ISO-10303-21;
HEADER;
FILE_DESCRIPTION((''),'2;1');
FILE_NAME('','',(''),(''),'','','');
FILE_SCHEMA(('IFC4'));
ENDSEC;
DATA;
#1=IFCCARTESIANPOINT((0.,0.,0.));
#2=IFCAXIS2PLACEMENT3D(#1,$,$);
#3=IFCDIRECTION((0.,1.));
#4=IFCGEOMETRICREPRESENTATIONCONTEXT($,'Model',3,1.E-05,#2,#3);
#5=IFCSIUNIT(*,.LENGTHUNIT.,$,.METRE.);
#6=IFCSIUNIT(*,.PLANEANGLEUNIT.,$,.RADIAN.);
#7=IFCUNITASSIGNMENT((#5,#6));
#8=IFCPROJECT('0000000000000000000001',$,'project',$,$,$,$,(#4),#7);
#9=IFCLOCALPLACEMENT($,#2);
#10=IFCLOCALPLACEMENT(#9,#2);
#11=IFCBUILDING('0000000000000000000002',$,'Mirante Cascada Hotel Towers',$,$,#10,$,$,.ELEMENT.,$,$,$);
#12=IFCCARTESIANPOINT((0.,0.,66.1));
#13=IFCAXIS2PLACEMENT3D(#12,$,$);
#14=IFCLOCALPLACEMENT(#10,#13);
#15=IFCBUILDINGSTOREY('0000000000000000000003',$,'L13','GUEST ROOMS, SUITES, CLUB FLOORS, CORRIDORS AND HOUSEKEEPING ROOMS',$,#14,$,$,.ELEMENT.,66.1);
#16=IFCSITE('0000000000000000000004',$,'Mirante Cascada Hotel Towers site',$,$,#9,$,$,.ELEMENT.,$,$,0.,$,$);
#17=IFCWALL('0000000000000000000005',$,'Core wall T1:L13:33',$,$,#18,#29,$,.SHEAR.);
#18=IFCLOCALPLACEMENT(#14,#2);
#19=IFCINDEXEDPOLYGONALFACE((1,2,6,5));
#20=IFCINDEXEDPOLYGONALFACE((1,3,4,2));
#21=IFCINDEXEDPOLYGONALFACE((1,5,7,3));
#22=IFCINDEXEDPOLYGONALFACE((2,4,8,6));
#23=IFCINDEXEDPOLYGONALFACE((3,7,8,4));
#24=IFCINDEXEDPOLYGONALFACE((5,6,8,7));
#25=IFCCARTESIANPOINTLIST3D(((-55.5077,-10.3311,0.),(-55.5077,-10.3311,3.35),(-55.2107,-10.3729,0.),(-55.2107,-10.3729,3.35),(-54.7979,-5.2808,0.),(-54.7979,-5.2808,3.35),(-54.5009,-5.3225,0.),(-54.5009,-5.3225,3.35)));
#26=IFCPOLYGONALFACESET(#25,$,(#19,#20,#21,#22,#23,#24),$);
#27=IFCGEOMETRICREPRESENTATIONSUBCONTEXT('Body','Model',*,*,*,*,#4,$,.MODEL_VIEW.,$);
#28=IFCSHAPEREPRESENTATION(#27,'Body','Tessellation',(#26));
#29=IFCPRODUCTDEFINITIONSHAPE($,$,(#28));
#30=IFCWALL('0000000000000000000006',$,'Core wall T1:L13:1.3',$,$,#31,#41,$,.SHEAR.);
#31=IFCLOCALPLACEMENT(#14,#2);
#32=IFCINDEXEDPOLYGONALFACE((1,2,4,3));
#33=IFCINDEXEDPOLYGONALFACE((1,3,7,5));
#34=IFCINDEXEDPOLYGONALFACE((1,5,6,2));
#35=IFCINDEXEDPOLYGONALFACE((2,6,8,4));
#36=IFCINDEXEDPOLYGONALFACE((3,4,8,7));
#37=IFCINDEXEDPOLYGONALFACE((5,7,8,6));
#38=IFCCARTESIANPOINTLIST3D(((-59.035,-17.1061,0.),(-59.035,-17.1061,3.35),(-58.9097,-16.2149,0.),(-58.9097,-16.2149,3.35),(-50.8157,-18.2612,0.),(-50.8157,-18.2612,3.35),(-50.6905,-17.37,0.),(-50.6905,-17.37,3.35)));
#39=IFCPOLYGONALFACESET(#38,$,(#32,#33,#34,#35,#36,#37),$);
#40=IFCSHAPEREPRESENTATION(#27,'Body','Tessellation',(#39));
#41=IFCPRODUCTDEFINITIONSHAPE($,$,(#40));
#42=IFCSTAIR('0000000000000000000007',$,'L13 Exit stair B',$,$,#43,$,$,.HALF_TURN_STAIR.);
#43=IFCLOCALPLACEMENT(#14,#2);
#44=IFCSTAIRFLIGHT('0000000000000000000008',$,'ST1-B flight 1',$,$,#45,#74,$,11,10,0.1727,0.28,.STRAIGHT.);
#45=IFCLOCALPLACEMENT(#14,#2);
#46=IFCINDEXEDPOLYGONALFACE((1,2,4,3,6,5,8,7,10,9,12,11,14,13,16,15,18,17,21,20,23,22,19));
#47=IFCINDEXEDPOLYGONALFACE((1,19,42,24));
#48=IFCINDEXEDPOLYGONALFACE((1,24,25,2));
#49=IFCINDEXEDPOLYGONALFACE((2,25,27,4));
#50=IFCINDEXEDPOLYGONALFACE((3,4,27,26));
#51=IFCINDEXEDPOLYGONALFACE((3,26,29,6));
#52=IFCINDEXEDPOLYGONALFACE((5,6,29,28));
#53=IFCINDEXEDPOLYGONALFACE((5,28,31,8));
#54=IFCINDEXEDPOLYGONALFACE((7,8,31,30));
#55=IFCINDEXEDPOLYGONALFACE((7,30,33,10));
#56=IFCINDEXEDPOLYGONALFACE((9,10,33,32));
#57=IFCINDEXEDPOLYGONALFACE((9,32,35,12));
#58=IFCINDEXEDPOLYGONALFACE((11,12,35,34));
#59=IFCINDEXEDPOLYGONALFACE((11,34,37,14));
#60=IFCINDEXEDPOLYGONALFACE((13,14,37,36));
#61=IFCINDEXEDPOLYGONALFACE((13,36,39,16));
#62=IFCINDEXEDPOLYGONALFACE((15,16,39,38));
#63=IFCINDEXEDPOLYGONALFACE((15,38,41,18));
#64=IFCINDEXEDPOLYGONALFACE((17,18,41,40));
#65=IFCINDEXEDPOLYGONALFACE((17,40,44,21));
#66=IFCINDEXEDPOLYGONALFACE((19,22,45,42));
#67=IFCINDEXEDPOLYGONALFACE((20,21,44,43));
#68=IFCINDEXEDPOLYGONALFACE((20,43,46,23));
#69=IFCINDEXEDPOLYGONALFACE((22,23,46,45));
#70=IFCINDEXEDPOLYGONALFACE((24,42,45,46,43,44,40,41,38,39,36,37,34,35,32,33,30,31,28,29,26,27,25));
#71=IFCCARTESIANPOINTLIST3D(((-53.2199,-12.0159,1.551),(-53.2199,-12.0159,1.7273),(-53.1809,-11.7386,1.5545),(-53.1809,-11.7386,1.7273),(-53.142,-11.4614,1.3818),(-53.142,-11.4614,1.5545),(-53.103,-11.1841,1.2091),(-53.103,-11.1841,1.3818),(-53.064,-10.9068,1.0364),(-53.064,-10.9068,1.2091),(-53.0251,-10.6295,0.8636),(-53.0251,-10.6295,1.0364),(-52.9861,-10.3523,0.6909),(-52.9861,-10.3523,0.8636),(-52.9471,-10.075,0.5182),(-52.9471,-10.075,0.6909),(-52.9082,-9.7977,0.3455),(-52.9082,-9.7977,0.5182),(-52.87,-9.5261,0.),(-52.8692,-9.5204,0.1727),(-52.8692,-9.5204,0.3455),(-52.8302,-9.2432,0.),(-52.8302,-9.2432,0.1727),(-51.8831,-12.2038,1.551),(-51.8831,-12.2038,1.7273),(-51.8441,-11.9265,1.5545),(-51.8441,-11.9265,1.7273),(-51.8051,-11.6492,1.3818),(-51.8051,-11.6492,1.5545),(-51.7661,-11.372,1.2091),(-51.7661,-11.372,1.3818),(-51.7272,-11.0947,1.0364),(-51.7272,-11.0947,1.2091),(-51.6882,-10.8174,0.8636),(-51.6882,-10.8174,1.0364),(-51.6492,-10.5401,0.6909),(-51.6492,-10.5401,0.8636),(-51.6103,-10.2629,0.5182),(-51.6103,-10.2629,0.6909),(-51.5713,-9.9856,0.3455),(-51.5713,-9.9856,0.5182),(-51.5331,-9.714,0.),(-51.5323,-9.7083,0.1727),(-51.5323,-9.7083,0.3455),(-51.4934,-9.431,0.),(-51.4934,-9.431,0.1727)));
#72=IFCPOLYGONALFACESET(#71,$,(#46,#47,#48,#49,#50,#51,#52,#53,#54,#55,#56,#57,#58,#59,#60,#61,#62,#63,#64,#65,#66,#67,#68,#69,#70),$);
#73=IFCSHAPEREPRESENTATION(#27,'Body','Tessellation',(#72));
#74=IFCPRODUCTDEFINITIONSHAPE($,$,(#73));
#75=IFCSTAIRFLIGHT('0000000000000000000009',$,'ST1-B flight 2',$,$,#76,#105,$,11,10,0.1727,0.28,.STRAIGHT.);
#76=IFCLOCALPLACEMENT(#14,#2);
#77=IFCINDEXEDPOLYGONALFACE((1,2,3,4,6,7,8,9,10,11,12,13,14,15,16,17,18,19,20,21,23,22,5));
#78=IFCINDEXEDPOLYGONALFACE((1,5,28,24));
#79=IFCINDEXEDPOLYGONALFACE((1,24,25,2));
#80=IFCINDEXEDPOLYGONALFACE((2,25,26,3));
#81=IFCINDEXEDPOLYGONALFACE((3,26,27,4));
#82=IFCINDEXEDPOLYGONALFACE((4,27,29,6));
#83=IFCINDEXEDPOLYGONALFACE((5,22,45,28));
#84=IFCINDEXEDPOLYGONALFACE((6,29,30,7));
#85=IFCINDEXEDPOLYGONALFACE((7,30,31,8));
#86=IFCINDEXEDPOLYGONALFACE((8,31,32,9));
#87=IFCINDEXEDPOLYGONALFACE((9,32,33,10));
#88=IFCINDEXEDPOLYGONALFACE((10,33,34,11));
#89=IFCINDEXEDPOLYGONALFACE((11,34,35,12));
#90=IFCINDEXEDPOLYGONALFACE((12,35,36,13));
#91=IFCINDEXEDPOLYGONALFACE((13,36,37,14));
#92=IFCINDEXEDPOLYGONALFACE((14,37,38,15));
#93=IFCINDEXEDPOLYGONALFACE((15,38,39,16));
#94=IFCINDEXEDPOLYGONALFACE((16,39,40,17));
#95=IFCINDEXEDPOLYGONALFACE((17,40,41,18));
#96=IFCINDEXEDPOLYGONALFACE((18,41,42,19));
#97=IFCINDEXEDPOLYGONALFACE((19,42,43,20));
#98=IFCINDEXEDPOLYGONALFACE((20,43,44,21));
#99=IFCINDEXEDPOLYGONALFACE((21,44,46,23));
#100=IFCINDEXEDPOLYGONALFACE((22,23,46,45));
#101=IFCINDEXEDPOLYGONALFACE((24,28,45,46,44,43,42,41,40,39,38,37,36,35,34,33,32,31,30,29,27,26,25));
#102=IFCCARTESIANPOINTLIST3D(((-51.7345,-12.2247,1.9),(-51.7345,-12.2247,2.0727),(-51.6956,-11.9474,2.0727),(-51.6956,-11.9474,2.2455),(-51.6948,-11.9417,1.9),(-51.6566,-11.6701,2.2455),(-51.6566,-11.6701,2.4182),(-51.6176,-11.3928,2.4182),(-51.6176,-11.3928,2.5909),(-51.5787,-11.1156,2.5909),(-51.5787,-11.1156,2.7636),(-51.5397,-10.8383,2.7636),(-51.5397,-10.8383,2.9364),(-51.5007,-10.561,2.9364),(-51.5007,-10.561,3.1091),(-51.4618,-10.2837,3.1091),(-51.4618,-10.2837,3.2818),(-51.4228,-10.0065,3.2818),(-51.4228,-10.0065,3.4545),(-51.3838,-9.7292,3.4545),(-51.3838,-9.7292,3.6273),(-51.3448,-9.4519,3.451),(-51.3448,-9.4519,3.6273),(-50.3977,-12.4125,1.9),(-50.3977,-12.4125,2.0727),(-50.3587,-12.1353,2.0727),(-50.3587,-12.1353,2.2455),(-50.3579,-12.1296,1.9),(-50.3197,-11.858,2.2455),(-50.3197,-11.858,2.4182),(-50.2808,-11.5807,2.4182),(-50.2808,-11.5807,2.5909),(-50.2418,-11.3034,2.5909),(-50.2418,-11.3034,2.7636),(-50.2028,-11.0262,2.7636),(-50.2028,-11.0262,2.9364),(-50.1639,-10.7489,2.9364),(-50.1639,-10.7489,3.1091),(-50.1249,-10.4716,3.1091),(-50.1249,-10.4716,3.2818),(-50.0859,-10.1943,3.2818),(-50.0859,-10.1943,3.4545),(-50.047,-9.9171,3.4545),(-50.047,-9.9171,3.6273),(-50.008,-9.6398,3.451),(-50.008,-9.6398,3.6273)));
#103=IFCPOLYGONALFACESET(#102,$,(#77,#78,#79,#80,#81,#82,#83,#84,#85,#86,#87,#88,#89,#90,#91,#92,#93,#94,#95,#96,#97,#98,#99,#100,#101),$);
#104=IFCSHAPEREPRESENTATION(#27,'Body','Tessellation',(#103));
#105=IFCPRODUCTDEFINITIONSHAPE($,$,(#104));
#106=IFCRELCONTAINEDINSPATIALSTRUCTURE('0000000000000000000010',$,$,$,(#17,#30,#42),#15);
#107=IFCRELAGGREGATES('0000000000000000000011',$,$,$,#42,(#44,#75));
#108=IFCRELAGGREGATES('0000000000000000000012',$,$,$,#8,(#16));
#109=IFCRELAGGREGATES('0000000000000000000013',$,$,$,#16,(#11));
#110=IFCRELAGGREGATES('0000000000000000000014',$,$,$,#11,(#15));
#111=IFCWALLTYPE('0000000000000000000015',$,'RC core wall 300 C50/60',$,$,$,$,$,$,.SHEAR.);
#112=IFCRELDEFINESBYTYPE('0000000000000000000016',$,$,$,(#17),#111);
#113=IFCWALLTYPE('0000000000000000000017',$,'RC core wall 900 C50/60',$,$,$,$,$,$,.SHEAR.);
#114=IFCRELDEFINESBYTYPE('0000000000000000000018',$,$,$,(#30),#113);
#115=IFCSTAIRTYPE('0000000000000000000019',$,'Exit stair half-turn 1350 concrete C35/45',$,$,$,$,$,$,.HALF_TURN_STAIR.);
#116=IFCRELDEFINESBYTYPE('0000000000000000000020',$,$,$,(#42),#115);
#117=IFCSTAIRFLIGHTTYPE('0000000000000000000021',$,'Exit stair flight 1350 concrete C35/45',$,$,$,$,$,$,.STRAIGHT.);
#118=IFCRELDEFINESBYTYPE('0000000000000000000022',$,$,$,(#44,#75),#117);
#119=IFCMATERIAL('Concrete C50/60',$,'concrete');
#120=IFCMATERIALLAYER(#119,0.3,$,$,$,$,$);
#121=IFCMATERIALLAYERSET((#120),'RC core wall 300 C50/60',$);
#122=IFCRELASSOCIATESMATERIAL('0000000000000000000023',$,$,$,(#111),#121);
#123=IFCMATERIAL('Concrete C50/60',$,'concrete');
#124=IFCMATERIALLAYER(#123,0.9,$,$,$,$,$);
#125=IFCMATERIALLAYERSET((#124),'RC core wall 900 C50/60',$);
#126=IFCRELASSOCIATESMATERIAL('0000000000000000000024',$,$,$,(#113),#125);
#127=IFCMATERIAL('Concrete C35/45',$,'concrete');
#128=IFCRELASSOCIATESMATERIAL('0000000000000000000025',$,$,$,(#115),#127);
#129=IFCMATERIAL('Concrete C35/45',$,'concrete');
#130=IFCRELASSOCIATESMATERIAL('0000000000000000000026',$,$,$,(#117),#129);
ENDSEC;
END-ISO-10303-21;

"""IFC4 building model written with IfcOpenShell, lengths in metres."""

from ifc_helpers import new_model, si_unit, direction, frame, frame_2d, origin, place, context, subcontext, project, spatial, polyline, rectangle, outline, extrude, material, layer, layer_set, type_object, element, aggregate, save


model = new_model("IFC4")

# Units and contexts
model_context = context("Model", 3, precision=1e-05, world=origin(), true_north=direction((0.0, 1.0)))
body_context = subcontext(model_context, "Body", "Model", "MODEL_VIEW")
ifc_project = project(units=[si_unit("LENGTHUNIT", "METRE"), si_unit("PLANEANGLEUNIT", "RADIAN")], contexts=[model_context])

# Site, building, storey
site_placement = place(None, origin())
site = spatial("IfcSite", under=ifc_project, at=site_placement, Name="Mirante Cascada Hotel Towers site", CompositionType="ELEMENT", RefElevation=0.0)
building_placement = place(site_placement, origin())
building = spatial("IfcBuilding", under=site, at=building_placement, Name="Mirante Cascada Hotel Towers", CompositionType="ELEMENT")
storey_placement = place(building_placement, frame((0.0, 0.0, 66.1)))
storey = spatial("IfcBuildingStorey", under=building, at=storey_placement, Name="L13", Description="GUEST ROOMS, SUITES, CLUB FLOORS, CORRIDORS AND HOUSEKEEPING ROOMS", CompositionType="ELEMENT", Elevation=66.1)

# Shared definitions
ifc_material_1 = material(Name="Concrete C50/60", Category="concrete")
ifc_layer_1 = layer(ifc_material_1, 0.3)
ifc_layer_set_1 = layer_set([ifc_layer_1], Name="RC core wall 300 C50/60")
wall_type_1 = type_object("IfcWallType", Name="RC core wall 300 C50/60", PredefinedType="SHEAR", material=ifc_layer_set_1)

# Walls
wall_1_placement = place(storey_placement, frame((-55.3592, -10.352, 0.0), z_axis=(0.0, 0.0, 1.0), x_axis=(0.139176, 0.990268, 0.0)))
element("IfcWall", 1, at=wall_1_placement, inside=storey, type_object=wall_type_1, Name="Core wall T1:L13:33", PredefinedType="SHEAR", context=body_context, shape_type="SweptSolid", body=[
    extrude(rectangle(XDim=5.1, YDim=0.3, at=frame_2d((2.55, 0.0))), origin(), (0.0, 0.0, 1.0), 3.35),
])
ifc_material_2 = material(Name="Concrete C50/60", Category="concrete")
ifc_layer_2 = layer(ifc_material_2, 0.9)
ifc_layer_set_2 = layer_set([ifc_layer_2], Name="RC core wall 900 C50/60")
wall_type_2 = type_object("IfcWallType", Name="RC core wall 900 C50/60", PredefinedType="SHEAR", material=ifc_layer_set_2)
wall_2_placement = place(storey_placement, frame((-50.7531, -17.8156, 0.0), z_axis=(0.0, 0.0, 1.0), x_axis=(-0.990269, 0.139169, 0.0)))
element("IfcWall", 2, at=wall_2_placement, inside=storey, type_object=wall_type_2, Name="Core wall T1:L13:1.3", PredefinedType="SHEAR", context=body_context, shape_type="SweptSolid", body=[
    extrude(rectangle(XDim=8.3, YDim=0.9, at=frame_2d((4.15, 0.0))), origin(), (0.0, 0.0, 1.0), 3.35),
])

# Stair, stair flights
ifc_material_3 = material(Name="Concrete C35/45", Category="concrete")
stair_type = type_object("IfcStairType", Name="Exit stair half-turn 1350 concrete C35/45", PredefinedType="HALF_TURN_STAIR", material=ifc_material_3)
stair_placement = place(storey_placement, origin())
stair = element("IfcStair", 3, at=stair_placement, inside=storey, type_object=stair_type, Name="L13 Exit stair B", PredefinedType="HALF_TURN_STAIR")
ifc_material_4 = material(Name="Concrete C35/45", Category="concrete")
stair_flight_type = type_object("IfcStairFlightType", Name="Exit stair flight 1350 concrete C35/45", PredefinedType="STRAIGHT", material=ifc_material_4)
stair_flight_1_placement = place(storey_placement, frame((-52.1618, -9.3371, 0.0), z_axis=(0.0, 0.0, 1.0), x_axis=(-0.139173, -0.990268, 0.0)))
stair_flight_1 = element("IfcStairFlight", 4, at=stair_flight_1_placement, type_object=stair_flight_type, Name="ST1-B flight 1", NumberOfRisers=11, NumberOfTreads=10, PredefinedType="STRAIGHT", RiserHeight=0.1727, TreadLength=0.28, context=body_context, shape_type="SweptSolid", body=[
    extrude(outline(polyline([(0.0, 0.0), (0.0, 0.1727), (0.28, 0.1727), (0.28, 0.3455), (0.56, 0.3455), (0.56, 0.5182), (0.84, 0.5182), (0.84, 0.6909), (1.12, 0.6909), (1.12, 0.8636), (1.4, 0.8636), (1.4, 1.0364), (1.68, 1.0364), (1.68, 1.2091), (1.96, 1.2091), (1.96, 1.3818), (2.24, 1.3818), (2.24, 1.5545), (2.52, 1.5545), (2.52, 1.7273), (2.8, 1.7273), (2.8, 1.9), (2.8, 1.551), (0.2857, 0.0), (0.0, 0.0)])), frame((0.0, 0.675, 0.0), z_axis=(0.0, -1.0, 0.0), x_axis=(1.0, 0.0, 0.0)), (0.0, 0.0, 1.0), 1.35),
])
stair_flight_2_placement = place(storey_placement, frame((-51.0661, -12.3186, 1.9), z_axis=(0.0, 0.0, 1.0), x_axis=(0.139173, 0.990268, 0.0)))
stair_flight_2 = element("IfcStairFlight", 5, at=stair_flight_2_placement, type_object=stair_flight_type, Name="ST1-B flight 2", NumberOfRisers=11, NumberOfTreads=10, PredefinedType="STRAIGHT", RiserHeight=0.1727, TreadLength=0.28, context=body_context, shape_type="SweptSolid", body=[
    extrude(outline(polyline([(0.0, 0.0), (0.0, 0.1727), (0.28, 0.1727), (0.28, 0.3455), (0.56, 0.3455), (0.56, 0.5182), (0.84, 0.5182), (0.84, 0.6909), (1.12, 0.6909), (1.12, 0.8636), (1.4, 0.8636), (1.4, 1.0364), (1.68, 1.0364), (1.68, 1.2091), (1.96, 1.2091), (1.96, 1.3818), (2.24, 1.3818), (2.24, 1.5545), (2.52, 1.5545), (2.52, 1.7273), (2.8, 1.7273), (2.8, 1.9), (2.8, 1.551), (0.2857, 0.0), (0.0, 0.0)])), frame((0.0, 0.675, 0.0), z_axis=(0.0, -1.0, 0.0), x_axis=(1.0, 0.0, 0.0)), (0.0, 0.0, 1.0), 1.35),
])
aggregate(stair, [stair_flight_1, stair_flight_2])

save(model, "model.ifc")
